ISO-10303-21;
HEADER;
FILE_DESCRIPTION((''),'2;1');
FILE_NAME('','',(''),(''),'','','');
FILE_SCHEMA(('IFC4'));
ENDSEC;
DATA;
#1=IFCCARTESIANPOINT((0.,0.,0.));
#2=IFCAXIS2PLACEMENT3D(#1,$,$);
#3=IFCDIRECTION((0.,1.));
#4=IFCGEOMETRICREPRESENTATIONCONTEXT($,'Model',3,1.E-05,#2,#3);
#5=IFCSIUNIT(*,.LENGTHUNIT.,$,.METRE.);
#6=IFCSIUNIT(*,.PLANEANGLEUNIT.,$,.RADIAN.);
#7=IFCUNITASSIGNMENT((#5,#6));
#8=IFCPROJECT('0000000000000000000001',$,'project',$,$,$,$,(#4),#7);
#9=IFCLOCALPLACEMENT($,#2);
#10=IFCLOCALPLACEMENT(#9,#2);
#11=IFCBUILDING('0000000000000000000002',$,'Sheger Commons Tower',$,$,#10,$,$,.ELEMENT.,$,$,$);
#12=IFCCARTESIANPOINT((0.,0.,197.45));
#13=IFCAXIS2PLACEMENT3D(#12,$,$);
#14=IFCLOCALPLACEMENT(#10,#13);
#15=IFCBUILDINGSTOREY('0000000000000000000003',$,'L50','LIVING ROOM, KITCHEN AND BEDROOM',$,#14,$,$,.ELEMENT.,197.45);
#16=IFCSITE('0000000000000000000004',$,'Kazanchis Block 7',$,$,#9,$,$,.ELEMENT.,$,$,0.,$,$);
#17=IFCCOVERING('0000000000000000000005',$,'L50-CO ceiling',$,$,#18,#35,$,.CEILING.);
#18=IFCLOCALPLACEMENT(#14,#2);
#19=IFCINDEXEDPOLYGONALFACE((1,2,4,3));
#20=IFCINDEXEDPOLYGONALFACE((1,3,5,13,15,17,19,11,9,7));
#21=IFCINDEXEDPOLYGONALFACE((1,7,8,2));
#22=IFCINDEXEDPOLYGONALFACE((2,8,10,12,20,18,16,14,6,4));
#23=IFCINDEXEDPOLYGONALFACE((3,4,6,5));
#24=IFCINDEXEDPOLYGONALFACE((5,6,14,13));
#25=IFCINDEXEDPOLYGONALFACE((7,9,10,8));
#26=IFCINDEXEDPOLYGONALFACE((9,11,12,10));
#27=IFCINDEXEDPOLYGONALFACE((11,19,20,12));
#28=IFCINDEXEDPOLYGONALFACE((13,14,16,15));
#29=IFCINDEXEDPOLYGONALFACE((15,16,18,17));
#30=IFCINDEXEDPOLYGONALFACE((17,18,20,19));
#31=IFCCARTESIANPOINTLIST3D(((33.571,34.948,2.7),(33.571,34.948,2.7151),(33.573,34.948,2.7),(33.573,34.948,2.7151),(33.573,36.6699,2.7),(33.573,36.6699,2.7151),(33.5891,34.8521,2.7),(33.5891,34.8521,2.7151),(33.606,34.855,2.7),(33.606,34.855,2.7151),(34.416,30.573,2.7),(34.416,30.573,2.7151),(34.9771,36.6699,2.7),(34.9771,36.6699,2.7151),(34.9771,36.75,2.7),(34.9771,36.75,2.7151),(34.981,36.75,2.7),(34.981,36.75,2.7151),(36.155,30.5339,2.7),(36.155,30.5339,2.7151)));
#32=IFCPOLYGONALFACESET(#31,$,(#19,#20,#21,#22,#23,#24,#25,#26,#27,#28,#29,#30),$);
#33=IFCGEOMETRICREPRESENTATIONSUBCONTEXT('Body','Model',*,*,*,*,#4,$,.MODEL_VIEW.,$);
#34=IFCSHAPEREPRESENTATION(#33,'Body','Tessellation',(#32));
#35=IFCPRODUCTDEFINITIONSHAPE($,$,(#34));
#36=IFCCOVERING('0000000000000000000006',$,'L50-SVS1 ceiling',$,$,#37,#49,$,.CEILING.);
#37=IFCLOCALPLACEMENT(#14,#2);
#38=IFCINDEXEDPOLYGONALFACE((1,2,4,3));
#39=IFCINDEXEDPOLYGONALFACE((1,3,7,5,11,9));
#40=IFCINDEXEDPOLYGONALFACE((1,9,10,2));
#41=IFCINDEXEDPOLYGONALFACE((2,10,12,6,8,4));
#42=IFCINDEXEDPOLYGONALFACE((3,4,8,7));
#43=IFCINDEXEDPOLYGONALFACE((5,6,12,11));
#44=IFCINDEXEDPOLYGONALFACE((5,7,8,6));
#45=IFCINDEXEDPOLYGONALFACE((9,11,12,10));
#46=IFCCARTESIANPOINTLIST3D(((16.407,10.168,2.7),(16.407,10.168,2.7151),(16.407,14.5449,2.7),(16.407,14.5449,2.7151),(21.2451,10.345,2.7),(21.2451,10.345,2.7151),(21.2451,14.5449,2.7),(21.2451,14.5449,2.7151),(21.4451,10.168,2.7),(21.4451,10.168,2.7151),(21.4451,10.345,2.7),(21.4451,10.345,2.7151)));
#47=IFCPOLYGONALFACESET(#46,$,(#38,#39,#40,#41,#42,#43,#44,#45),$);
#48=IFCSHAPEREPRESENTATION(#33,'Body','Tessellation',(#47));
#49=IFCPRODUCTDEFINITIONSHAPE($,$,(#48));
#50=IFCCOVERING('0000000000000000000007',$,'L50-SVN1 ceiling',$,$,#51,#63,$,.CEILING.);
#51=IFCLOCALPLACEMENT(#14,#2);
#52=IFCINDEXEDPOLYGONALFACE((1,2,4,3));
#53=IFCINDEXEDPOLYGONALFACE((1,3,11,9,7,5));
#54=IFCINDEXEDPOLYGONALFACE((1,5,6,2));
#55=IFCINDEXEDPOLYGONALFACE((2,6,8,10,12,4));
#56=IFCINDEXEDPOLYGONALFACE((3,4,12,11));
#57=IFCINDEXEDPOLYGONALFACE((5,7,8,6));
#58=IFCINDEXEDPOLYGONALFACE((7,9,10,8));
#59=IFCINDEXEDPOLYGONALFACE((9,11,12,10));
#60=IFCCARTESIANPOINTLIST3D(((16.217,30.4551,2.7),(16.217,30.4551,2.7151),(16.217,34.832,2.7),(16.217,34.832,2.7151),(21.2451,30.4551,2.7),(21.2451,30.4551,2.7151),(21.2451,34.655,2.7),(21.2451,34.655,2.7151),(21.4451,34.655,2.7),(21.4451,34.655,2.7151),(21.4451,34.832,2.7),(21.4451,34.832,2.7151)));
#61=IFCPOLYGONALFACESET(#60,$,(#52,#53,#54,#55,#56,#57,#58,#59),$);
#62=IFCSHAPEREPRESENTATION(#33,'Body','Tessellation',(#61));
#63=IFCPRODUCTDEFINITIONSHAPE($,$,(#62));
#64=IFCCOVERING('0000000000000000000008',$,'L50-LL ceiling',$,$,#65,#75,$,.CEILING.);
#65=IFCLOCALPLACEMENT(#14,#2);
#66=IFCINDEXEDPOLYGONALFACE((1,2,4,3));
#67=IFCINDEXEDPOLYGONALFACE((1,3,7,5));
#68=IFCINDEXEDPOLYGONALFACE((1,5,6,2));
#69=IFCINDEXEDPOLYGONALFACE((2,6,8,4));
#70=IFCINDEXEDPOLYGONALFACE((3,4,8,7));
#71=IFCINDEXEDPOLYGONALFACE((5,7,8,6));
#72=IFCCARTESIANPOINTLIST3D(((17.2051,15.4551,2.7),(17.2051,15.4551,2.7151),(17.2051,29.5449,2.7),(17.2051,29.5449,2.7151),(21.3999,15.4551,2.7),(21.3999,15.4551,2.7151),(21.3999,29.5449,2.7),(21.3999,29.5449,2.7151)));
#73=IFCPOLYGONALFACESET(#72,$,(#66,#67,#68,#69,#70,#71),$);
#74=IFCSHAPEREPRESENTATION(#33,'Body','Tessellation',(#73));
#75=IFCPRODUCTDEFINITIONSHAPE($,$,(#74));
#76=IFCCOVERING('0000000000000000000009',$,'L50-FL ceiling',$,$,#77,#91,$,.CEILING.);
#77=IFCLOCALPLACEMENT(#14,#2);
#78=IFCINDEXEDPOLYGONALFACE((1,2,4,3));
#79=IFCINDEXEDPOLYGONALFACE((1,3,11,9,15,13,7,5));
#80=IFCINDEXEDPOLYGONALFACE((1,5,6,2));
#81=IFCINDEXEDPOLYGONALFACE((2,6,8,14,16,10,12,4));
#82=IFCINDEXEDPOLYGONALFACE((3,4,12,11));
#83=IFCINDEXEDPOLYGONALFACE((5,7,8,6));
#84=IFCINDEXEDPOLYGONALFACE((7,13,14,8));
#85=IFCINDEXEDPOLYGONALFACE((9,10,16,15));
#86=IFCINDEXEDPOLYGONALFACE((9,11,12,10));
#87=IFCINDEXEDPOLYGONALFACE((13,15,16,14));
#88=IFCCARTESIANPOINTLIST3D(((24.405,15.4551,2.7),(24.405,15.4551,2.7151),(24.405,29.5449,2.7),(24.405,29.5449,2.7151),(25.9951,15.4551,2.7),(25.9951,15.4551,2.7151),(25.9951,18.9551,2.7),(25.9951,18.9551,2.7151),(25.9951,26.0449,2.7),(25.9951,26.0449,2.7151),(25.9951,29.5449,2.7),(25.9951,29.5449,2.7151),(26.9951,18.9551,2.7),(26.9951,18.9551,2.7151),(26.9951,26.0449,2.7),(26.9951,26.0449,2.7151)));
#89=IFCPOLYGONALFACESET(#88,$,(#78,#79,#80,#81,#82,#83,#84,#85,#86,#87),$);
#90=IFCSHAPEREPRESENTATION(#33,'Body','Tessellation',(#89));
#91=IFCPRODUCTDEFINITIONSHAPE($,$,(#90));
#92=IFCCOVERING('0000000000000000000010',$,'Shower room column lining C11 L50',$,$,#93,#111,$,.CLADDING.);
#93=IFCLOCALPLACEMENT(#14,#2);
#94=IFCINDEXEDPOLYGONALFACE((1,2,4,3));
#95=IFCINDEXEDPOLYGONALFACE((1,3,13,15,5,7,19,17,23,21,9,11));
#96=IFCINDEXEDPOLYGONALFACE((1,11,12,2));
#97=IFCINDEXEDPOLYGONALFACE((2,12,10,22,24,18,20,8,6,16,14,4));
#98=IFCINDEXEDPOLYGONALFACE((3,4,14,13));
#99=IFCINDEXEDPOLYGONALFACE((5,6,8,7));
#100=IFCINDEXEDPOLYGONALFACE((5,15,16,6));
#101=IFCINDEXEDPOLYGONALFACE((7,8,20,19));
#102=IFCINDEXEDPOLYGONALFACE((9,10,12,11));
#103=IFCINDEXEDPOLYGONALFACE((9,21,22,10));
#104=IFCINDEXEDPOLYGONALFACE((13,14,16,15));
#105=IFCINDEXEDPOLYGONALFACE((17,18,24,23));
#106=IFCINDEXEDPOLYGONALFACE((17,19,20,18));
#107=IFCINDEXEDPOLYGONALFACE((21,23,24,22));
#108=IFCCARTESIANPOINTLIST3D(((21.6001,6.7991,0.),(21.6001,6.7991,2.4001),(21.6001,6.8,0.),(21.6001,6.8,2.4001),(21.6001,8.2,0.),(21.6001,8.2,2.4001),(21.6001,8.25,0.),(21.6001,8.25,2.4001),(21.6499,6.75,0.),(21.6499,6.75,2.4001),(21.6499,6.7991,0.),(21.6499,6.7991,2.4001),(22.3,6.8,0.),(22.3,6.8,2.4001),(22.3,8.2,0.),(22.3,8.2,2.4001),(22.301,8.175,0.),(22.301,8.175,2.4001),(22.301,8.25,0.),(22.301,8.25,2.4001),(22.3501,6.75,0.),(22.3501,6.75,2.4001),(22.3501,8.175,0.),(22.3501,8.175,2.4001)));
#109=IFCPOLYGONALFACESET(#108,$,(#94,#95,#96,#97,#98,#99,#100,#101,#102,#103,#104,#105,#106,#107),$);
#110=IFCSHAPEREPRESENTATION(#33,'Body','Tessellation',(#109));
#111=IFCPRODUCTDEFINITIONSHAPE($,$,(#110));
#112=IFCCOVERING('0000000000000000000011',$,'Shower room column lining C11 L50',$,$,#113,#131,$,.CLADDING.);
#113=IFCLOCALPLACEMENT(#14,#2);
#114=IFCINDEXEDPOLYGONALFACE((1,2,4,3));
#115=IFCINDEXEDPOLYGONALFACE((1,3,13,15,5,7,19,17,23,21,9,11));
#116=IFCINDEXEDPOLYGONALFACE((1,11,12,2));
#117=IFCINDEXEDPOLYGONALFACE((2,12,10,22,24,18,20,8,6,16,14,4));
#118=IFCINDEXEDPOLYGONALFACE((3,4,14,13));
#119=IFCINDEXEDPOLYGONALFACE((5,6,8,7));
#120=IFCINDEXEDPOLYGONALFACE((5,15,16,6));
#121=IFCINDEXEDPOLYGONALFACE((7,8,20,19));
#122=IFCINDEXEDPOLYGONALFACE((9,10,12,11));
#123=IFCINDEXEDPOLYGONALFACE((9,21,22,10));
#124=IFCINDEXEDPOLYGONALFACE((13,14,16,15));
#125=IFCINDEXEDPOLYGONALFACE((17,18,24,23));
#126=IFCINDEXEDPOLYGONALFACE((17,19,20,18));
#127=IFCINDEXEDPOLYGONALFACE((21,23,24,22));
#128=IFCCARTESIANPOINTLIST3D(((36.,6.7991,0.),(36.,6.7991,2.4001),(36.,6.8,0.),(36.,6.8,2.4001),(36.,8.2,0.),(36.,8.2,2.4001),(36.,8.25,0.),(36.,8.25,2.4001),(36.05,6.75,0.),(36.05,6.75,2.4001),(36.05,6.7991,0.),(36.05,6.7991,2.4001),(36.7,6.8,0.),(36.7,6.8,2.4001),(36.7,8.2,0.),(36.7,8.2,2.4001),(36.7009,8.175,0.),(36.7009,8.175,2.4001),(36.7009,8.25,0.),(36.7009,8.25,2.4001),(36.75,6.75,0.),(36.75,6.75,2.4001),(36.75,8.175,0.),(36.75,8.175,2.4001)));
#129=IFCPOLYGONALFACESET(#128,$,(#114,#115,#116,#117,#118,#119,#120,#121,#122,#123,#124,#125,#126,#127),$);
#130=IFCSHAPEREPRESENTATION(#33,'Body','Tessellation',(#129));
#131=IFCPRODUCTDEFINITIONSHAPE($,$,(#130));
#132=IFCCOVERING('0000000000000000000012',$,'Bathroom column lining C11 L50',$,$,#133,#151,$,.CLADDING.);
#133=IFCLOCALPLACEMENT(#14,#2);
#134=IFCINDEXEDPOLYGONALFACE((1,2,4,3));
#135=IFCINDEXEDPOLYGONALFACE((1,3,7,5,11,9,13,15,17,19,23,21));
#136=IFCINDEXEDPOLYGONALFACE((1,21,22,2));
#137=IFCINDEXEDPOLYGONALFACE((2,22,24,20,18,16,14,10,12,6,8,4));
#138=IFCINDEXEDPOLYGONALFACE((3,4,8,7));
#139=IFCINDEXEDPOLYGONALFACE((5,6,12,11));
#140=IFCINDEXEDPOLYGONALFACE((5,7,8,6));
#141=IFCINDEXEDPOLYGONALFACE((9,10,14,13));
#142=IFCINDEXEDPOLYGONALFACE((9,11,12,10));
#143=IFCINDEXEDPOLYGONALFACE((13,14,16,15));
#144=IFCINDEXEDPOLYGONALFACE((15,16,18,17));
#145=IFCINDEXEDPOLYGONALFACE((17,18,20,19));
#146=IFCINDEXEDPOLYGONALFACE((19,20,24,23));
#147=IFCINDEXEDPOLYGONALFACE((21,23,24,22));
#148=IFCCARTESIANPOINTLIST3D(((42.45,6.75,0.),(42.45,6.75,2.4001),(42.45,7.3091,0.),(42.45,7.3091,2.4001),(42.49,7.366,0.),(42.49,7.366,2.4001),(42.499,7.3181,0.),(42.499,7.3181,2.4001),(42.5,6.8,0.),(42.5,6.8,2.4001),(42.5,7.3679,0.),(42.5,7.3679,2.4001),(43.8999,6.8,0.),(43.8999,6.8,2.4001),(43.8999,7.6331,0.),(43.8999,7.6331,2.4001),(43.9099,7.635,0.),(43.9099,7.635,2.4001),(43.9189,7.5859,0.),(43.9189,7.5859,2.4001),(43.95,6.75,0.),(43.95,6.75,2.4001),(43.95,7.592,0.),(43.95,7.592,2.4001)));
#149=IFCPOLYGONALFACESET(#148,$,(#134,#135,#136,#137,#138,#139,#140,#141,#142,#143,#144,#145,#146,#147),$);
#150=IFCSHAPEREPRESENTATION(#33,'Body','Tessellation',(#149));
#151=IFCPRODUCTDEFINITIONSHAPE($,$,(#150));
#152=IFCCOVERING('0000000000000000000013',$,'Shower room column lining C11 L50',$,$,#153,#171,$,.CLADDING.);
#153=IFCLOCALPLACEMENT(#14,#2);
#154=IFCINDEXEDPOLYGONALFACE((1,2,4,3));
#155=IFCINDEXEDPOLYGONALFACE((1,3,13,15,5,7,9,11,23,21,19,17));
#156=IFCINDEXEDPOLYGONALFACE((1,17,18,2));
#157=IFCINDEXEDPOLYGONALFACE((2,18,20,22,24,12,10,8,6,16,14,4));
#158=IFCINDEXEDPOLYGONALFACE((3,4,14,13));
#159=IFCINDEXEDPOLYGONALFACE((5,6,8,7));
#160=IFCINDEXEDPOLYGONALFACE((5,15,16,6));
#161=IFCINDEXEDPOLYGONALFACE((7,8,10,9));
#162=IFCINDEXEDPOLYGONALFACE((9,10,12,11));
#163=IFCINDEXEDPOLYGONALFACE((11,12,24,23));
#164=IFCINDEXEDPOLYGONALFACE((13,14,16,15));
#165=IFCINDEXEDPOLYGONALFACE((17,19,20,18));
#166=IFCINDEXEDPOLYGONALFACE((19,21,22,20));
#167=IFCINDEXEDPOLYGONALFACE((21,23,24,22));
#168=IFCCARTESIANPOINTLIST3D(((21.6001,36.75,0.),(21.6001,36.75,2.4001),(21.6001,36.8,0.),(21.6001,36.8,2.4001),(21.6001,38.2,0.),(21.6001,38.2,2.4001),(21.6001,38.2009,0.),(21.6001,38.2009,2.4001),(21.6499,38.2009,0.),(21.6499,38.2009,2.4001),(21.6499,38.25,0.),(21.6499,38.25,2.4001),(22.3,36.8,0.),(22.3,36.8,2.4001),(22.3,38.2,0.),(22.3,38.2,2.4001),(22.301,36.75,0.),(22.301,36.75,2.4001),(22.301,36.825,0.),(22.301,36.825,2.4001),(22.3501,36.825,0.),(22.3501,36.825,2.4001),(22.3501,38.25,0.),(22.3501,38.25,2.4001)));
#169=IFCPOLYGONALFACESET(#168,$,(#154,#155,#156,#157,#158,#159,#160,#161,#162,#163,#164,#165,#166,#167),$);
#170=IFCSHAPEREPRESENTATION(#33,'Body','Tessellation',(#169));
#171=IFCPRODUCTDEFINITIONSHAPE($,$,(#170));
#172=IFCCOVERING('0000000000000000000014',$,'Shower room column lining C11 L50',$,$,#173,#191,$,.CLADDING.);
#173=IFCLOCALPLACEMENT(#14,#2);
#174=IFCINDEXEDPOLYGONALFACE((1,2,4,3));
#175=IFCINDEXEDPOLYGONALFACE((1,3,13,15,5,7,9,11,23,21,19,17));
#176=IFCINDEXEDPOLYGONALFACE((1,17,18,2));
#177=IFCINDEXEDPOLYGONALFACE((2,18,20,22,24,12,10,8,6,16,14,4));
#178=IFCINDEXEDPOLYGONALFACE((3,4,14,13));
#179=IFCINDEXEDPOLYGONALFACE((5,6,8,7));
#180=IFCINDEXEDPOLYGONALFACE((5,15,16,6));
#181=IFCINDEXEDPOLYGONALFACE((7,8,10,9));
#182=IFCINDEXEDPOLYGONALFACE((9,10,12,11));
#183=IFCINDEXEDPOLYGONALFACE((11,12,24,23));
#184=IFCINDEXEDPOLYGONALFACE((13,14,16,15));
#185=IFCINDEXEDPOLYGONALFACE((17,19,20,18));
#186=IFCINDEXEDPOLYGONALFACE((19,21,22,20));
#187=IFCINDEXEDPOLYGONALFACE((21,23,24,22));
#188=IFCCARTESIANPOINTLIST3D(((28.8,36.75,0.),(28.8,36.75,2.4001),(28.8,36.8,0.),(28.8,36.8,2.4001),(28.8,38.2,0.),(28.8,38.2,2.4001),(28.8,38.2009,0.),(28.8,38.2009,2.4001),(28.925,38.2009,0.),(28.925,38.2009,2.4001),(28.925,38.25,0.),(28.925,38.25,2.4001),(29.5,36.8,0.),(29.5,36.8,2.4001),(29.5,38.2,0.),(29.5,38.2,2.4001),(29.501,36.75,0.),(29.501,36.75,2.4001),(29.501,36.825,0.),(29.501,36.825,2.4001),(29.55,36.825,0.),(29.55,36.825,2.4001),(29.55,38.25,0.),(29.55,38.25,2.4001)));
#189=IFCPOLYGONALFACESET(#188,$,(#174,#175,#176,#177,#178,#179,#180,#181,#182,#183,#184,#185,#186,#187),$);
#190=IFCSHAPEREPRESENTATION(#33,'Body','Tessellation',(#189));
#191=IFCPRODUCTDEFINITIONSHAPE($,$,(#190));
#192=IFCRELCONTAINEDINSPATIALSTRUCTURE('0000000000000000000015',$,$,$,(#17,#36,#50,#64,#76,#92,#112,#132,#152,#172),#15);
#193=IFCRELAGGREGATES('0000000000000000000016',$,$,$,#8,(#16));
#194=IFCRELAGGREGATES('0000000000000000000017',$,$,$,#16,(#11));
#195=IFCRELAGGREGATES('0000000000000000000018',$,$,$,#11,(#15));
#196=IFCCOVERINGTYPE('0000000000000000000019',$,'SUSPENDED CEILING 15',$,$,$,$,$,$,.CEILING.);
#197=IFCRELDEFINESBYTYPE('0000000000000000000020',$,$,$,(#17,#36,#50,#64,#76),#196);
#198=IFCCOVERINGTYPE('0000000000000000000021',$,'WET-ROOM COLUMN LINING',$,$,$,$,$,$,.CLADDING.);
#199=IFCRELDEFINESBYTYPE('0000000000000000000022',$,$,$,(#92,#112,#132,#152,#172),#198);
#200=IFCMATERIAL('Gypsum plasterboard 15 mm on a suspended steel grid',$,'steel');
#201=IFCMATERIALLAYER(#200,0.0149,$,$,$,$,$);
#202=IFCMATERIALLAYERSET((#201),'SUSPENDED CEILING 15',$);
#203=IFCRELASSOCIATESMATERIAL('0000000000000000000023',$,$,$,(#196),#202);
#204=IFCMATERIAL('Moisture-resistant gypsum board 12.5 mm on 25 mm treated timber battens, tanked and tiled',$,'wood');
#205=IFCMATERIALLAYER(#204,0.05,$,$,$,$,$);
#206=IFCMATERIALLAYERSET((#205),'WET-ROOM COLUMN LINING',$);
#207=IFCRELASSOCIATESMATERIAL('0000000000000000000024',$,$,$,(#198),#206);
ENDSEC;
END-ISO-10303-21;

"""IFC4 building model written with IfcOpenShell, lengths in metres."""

from ifc_helpers import new_model, si_unit, direction, frame, origin, place, context, subcontext, project, spatial, polyline, outline, extrude, material, layer, layer_set, type_object, element, save


model = new_model("IFC4")

# Units and contexts
model_context = context("Model", 3, precision=1e-05, world=origin(), true_north=direction((0.0, 1.0)))
body_context = subcontext(model_context, "Body", "Model", "MODEL_VIEW")
ifc_project = project(units=[si_unit("LENGTHUNIT", "METRE"), si_unit("PLANEANGLEUNIT", "RADIAN")], contexts=[model_context])

# Site, building, storey
site_placement = place(None, origin())
site = spatial("IfcSite", under=ifc_project, at=site_placement, Name="Kazanchis Block 7", CompositionType="ELEMENT", RefElevation=0.0)
building_placement = place(site_placement, origin())
building = spatial("IfcBuilding", under=site, at=building_placement, Name="Sheger Commons Tower", CompositionType="ELEMENT")
storey_placement = place(building_placement, frame((0.0, 0.0, 197.45)))
storey = spatial("IfcBuildingStorey", under=building, at=storey_placement, Name="L50", Description="LIVING ROOM, KITCHEN AND BEDROOM", CompositionType="ELEMENT", Elevation=197.45)

# Coverings
ifc_material_1 = material(Name="Gypsum plasterboard 15 mm on a suspended steel grid", Category="steel")
ifc_layer_1 = layer(ifc_material_1, 0.0149)
ifc_layer_set_1 = layer_set([ifc_layer_1], Name="SUSPENDED CEILING 15")
covering_type_1 = type_object("IfcCoveringType", Name="SUSPENDED CEILING 15", PredefinedType="CEILING", material=ifc_layer_set_1)
covering_1_placement = place(storey_placement, frame((0.0, 0.0, 2.7)))
element("IfcCovering", 1, at=covering_1_placement, inside=storey, type_object=covering_type_1, Name="L50-CO ceiling", PredefinedType="CEILING", context=body_context, shape_type="SweptSolid", body=[
    extrude(outline(polyline([(36.155, 30.5339), (34.981, 36.75), (34.9771, 36.75), (34.9771, 36.6699), (33.573, 36.6699), (33.573, 34.948), (33.571, 34.948), (33.5891, 34.8521), (33.606, 34.855), (34.416, 30.573), (36.155, 30.5339)])), origin(), (0.0, 0.0, 1.0), 0.0151),
])
covering_2_placement = place(storey_placement, frame((0.0, 0.0, 2.7)))
element("IfcCovering", 2, at=covering_2_placement, inside=storey, type_object=covering_type_1, Name="L50-SVS1 ceiling", PredefinedType="CEILING", context=body_context, shape_type="SweptSolid", body=[
    extrude(outline(polyline([(16.407, 10.168), (21.4451, 10.168), (21.4451, 10.345), (21.2451, 10.345), (21.2451, 14.5449), (16.407, 14.5449), (16.407, 10.168)])), origin(), (0.0, 0.0, 1.0), 0.0151),
])
covering_3_placement = place(storey_placement, frame((0.0, 0.0, 2.7)))
element("IfcCovering", 3, at=covering_3_placement, inside=storey, type_object=covering_type_1, Name="L50-SVN1 ceiling", PredefinedType="CEILING", context=body_context, shape_type="SweptSolid", body=[
    extrude(outline(polyline([(16.217, 30.4551), (21.2451, 30.4551), (21.2451, 34.655), (21.4451, 34.655), (21.4451, 34.832), (16.217, 34.832), (16.217, 30.4551)])), origin(), (0.0, 0.0, 1.0), 0.0151),
])
covering_4_placement = place(storey_placement, frame((0.0, 0.0, 2.7)))
element("IfcCovering", 4, at=covering_4_placement, inside=storey, type_object=covering_type_1, Name="L50-LL ceiling", PredefinedType="CEILING", context=body_context, shape_type="SweptSolid", body=[
    extrude(outline(polyline([(17.2051, 15.4551), (21.3999, 15.4551), (21.3999, 29.5449), (17.2051, 29.5449), (17.2051, 15.4551)])), origin(), (0.0, 0.0, 1.0), 0.0151),
])
covering_5_placement = place(storey_placement, frame((0.0, 0.0, 2.7)))
element("IfcCovering", 5, at=covering_5_placement, inside=storey, type_object=covering_type_1, Name="L50-FL ceiling", PredefinedType="CEILING", context=body_context, shape_type="SweptSolid", body=[
    extrude(outline(polyline([(24.405, 15.4551), (25.9951, 15.4551), (25.9951, 18.9551), (26.9951, 18.9551), (26.9951, 26.0449), (25.9951, 26.0449), (25.9951, 29.5449), (24.405, 29.5449), (24.405, 15.4551)])), origin(), (0.0, 0.0, 1.0), 0.0151),
])
ifc_material_2 = material(Name="Moisture-resistant gypsum board 12.5 mm on 25 mm treated timber battens, tanked and tiled", Category="wood")
ifc_layer_2 = layer(ifc_material_2, 0.05)
ifc_layer_set_2 = layer_set([ifc_layer_2], Name="WET-ROOM COLUMN LINING")
covering_type_2 = type_object("IfcCoveringType", Name="WET-ROOM COLUMN LINING", PredefinedType="CLADDING", material=ifc_layer_set_2)
covering_6_placement = place(storey_placement, origin())
element("IfcCovering", 6, at=covering_6_placement, inside=storey, type_object=covering_type_2, Name="Shower room column lining C11 L50", PredefinedType="CLADDING", context=body_context, shape_type="SweptSolid", body=[
    extrude(outline(polyline([(22.3501, 6.75), (21.6499, 6.75), (21.6499, 6.7991), (21.6001, 6.7991), (21.6001, 6.8), (22.3, 6.8), (22.3, 8.2), (21.6001, 8.2), (21.6001, 8.25), (22.301, 8.25), (22.301, 8.175), (22.3501, 8.175), (22.3501, 6.75)])), origin(), (0.0, 0.0, 1.0), 2.4001),
])
covering_7_placement = place(storey_placement, origin())
element("IfcCovering", 7, at=covering_7_placement, inside=storey, type_object=covering_type_2, Name="Shower room column lining C11 L50", PredefinedType="CLADDING", context=body_context, shape_type="SweptSolid", body=[
    extrude(outline(polyline([(36.75, 6.75), (36.05, 6.75), (36.05, 6.7991), (36.0, 6.7991), (36.0, 6.8), (36.7, 6.8), (36.7, 8.2), (36.0, 8.2), (36.0, 8.25), (36.7009, 8.25), (36.7009, 8.175), (36.75, 8.175), (36.75, 6.75)])), origin(), (0.0, 0.0, 1.0), 2.4001),
])
covering_8_placement = place(storey_placement, origin())
element("IfcCovering", 8, at=covering_8_placement, inside=storey, type_object=covering_type_2, Name="Bathroom column lining C11 L50", PredefinedType="CLADDING", context=body_context, shape_type="SweptSolid", body=[
    extrude(outline(polyline([(42.5, 7.3679), (42.5, 6.8), (43.8999, 6.8), (43.8999, 7.6331), (43.9099, 7.635), (43.9189, 7.5859), (43.95, 7.592), (43.95, 6.75), (42.45, 6.75), (42.45, 7.3091), (42.499, 7.3181), (42.49, 7.366), (42.5, 7.3679)])), origin(), (0.0, 0.0, 1.0), 2.4001),
])
covering_9_placement = place(storey_placement, origin())
element("IfcCovering", 9, at=covering_9_placement, inside=storey, type_object=covering_type_2, Name="Shower room column lining C11 L50", PredefinedType="CLADDING", context=body_context, shape_type="SweptSolid", body=[
    extrude(outline(polyline([(22.3501, 36.825), (22.301, 36.825), (22.301, 36.75), (21.6001, 36.75), (21.6001, 36.8), (22.3, 36.8), (22.3, 38.2), (21.6001, 38.2), (21.6001, 38.2009), (21.6499, 38.2009), (21.6499, 38.25), (22.3501, 38.25), (22.3501, 36.825)])), origin(), (0.0, 0.0, 1.0), 2.4001),
])
covering_10_placement = place(storey_placement, origin())
element("IfcCovering", 10, at=covering_10_placement, inside=storey, type_object=covering_type_2, Name="Shower room column lining C11 L50", PredefinedType="CLADDING", context=body_context, shape_type="SweptSolid", body=[
    extrude(outline(polyline([(29.55, 36.825), (29.501, 36.825), (29.501, 36.75), (28.8, 36.75), (28.8, 36.8), (29.5, 36.8), (29.5, 38.2), (28.8, 38.2), (28.8, 38.2009), (28.925, 38.2009), (28.925, 38.25), (29.55, 38.25), (29.55, 36.825)])), origin(), (0.0, 0.0, 1.0), 2.4001),
])

save(model, "model.ifc")
